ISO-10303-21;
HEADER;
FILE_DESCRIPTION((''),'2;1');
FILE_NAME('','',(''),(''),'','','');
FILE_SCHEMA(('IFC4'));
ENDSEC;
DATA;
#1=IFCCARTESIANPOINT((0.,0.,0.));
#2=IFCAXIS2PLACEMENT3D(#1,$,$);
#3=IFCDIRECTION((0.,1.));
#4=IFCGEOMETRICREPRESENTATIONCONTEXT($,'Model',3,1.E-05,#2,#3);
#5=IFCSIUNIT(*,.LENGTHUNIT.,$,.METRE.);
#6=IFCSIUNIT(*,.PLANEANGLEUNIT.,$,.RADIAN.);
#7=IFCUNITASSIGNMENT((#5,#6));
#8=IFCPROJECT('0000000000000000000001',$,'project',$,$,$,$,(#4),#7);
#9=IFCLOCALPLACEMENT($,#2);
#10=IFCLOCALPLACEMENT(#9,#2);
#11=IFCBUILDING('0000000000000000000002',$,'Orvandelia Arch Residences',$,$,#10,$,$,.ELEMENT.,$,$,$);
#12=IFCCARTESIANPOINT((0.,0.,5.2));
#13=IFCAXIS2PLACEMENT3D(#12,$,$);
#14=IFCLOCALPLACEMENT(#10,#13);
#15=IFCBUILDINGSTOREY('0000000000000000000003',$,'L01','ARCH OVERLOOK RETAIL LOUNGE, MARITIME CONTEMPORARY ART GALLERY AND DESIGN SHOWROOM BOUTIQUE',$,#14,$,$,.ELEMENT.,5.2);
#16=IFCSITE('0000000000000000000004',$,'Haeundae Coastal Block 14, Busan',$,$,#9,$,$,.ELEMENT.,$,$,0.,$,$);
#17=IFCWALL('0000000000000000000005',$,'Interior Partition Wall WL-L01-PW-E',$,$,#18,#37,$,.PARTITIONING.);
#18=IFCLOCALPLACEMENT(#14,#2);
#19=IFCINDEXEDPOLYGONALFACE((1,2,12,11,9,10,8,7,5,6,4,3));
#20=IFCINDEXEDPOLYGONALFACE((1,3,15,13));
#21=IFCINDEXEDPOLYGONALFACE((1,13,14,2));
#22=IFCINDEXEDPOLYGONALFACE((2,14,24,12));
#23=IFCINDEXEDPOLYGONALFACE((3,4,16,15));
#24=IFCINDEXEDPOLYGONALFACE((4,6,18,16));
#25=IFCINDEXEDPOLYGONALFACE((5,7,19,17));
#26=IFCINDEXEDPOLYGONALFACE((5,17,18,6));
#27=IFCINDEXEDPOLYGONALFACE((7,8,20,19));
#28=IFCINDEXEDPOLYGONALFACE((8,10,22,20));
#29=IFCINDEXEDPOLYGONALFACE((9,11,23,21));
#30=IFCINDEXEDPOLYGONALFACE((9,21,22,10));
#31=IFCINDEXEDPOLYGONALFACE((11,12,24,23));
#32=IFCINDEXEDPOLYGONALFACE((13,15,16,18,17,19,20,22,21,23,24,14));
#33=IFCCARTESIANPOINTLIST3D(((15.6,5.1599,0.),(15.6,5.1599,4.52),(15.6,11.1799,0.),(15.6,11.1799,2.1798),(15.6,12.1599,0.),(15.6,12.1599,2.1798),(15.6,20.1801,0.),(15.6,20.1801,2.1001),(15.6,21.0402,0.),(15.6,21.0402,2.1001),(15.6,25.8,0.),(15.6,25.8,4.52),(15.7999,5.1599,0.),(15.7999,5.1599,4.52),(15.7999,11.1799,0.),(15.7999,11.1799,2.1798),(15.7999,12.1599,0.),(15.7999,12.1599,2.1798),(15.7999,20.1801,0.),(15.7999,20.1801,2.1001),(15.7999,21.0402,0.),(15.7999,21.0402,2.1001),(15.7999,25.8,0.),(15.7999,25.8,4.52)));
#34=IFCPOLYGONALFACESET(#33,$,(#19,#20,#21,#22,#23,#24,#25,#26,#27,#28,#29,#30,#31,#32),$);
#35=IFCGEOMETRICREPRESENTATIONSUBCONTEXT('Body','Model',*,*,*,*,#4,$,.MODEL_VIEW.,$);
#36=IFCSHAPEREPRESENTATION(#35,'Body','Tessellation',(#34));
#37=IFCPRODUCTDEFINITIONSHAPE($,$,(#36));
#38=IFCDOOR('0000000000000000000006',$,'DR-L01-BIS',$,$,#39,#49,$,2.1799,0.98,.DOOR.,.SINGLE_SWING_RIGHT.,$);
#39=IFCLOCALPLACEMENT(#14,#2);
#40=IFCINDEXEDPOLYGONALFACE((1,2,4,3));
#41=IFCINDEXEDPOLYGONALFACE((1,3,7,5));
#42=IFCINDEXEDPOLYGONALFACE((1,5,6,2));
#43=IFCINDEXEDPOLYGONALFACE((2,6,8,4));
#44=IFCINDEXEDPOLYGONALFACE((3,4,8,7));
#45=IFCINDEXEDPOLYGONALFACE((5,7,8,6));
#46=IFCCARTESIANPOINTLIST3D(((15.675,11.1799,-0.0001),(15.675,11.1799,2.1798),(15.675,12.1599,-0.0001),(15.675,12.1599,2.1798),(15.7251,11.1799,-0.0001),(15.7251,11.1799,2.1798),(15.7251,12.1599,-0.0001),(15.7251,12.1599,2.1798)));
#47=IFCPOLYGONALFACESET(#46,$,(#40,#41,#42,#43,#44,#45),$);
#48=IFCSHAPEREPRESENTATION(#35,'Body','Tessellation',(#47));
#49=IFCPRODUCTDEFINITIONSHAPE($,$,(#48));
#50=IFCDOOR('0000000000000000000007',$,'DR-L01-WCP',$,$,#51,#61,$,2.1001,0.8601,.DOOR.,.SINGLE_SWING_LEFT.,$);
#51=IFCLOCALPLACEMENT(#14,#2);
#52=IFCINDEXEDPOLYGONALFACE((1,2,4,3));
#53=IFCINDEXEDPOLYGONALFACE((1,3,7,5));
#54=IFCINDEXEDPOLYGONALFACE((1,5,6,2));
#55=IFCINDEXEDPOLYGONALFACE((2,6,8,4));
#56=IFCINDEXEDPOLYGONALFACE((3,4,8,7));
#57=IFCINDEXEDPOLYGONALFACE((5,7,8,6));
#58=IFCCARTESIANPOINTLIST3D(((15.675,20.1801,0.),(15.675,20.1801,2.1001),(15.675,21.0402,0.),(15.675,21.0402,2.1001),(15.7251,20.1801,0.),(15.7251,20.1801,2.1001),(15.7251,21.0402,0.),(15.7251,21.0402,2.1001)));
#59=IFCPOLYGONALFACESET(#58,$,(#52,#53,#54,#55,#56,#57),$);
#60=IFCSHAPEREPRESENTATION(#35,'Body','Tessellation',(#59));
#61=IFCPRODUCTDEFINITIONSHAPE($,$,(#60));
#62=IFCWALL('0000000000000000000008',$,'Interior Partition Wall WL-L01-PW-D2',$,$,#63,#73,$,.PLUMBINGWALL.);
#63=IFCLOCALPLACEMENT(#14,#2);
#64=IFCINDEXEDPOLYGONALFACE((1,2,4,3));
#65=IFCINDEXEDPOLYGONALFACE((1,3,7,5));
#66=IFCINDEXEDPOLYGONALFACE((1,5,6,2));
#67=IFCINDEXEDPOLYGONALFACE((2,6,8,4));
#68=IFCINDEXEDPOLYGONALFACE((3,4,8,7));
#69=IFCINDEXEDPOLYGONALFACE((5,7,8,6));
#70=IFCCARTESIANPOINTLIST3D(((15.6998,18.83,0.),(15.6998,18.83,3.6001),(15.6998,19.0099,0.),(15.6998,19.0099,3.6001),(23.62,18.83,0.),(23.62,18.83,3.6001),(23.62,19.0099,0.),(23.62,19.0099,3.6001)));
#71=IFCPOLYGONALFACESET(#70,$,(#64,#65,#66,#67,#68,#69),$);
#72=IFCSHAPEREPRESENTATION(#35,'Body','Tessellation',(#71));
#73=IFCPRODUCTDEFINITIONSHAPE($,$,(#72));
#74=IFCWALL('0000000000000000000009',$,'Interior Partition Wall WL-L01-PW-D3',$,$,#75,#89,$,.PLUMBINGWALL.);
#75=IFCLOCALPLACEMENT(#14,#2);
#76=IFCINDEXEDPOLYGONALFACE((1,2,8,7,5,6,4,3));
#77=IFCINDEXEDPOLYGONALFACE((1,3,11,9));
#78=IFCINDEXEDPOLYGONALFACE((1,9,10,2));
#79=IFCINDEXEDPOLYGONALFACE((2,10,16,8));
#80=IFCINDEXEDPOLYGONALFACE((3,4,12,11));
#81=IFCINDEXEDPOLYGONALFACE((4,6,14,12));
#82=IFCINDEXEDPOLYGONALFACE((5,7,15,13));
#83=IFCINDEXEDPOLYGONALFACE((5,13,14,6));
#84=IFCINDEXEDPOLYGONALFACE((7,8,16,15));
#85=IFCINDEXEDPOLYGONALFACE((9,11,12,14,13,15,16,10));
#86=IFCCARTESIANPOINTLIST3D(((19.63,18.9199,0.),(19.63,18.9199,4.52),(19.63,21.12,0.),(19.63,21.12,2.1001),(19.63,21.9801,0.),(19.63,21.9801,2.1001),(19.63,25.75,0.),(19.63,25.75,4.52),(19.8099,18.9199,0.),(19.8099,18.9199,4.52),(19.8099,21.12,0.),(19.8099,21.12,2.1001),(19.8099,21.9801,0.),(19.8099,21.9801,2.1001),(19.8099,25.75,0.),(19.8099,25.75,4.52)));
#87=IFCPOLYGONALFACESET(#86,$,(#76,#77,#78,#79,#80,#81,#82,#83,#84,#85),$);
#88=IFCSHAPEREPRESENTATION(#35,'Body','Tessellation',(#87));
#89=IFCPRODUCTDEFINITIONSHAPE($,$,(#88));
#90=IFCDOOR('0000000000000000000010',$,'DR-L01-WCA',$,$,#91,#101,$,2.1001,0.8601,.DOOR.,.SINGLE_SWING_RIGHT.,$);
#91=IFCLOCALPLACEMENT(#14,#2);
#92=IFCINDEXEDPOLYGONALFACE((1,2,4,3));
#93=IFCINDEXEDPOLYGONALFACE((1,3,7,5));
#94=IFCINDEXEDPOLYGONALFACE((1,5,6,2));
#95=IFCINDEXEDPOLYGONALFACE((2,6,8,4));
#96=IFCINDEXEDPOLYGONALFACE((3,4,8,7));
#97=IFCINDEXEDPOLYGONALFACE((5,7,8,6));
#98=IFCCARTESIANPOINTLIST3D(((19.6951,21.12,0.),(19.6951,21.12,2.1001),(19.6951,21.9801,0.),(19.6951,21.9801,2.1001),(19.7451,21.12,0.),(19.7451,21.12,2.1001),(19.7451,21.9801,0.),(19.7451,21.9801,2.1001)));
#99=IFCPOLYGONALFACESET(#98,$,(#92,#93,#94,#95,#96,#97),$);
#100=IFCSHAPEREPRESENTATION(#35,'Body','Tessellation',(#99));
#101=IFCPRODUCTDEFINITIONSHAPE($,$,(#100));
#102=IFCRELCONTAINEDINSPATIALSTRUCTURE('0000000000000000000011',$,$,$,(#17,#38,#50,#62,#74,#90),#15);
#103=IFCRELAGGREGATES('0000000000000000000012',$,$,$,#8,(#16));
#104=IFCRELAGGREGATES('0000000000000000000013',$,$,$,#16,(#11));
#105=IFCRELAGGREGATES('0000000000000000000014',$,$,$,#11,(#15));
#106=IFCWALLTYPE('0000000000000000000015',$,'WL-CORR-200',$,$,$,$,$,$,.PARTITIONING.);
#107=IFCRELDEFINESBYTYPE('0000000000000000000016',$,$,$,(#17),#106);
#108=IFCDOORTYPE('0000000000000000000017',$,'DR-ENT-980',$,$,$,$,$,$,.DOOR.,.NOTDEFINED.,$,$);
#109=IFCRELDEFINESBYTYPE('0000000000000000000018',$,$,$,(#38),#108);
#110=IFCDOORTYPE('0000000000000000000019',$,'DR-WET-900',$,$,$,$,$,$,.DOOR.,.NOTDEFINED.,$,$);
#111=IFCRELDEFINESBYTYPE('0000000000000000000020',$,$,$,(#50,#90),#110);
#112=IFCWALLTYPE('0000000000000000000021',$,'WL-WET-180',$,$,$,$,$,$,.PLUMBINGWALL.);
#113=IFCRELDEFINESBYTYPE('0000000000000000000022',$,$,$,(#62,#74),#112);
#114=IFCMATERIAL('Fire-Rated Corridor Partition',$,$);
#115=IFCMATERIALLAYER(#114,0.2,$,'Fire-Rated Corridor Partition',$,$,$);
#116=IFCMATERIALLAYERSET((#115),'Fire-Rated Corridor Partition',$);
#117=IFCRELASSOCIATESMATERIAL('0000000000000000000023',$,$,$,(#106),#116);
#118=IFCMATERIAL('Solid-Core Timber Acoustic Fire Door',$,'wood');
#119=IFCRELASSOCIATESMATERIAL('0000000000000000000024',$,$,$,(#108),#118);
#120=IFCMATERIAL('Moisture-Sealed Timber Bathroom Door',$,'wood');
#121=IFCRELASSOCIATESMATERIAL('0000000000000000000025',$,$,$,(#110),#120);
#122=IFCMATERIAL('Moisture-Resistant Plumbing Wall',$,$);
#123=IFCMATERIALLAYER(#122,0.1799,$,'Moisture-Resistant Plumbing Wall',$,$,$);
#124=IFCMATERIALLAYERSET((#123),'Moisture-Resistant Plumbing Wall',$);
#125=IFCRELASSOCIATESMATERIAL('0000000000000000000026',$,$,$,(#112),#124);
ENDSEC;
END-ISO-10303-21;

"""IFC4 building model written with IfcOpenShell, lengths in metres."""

from ifc_helpers import new_model, si_unit, direction, frame, frame_2d, origin, place, context, subcontext, project, spatial, rectangle, extrude, material, layer, layer_set, type_object, element, fill, save


model = new_model("IFC4")

# Units and contexts
model_context = context("Model", 3, precision=1e-05, world=origin(), true_north=direction((0.0, 1.0)))
body_context = subcontext(model_context, "Body", "Model", "MODEL_VIEW")
ifc_project = project(units=[si_unit("LENGTHUNIT", "METRE"), si_unit("PLANEANGLEUNIT", "RADIAN")], contexts=[model_context])

# Site, building, storey
site_placement = place(None, origin())
site = spatial("IfcSite", under=ifc_project, at=site_placement, Name="Haeundae Coastal Block 14, Busan", CompositionType="ELEMENT", RefElevation=0.0)
building_placement = place(site_placement, origin())
building = spatial("IfcBuilding", under=site, at=building_placement, Name="Orvandelia Arch Residences", CompositionType="ELEMENT")
storey_placement = place(building_placement, frame((0.0, 0.0, 5.2)))
storey = spatial("IfcBuildingStorey", under=building, at=storey_placement, Name="L01", Description="ARCH OVERLOOK RETAIL LOUNGE, MARITIME CONTEMPORARY ART GALLERY AND DESIGN SHOWROOM BOUTIQUE", CompositionType="ELEMENT", Elevation=5.2)

# Wall, openings, doors
ifc_material_1 = material(Name="Fire-Rated Corridor Partition")
ifc_layer_1 = layer(ifc_material_1, 0.2, Name="Fire-Rated Corridor Partition")
ifc_layer_set_1 = layer_set([ifc_layer_1], Name="Fire-Rated Corridor Partition")
wall_type_1 = type_object("IfcWallType", Name="WL-CORR-200", PredefinedType="PARTITIONING", material=ifc_layer_set_1)
ifc_material_2 = material(Name="Solid-Core Timber Acoustic Fire Door", Category="wood")
door_type_1 = type_object("IfcDoorType", Name="DR-ENT-980", OperationType="NOTDEFINED", PredefinedType="DOOR", material=ifc_material_2)
wall_1_placement = place(storey_placement, frame((15.7, 5.1599, 0.0), z_axis=(0.0, 0.0, 1.0), x_axis=(0.0, 1.0, 0.0)))
wall_1 = element("IfcWall", 1, at=wall_1_placement, inside=storey, type_object=wall_type_1, Name="Interior Partition Wall WL-L01-PW-E", PredefinedType="PARTITIONING", context=body_context, shape_type="SweptSolid", body=[
    extrude(rectangle(XDim=20.6401, YDim=0.2, at=frame_2d((10.3201, 0.0))), origin(), (0.0, 0.0, 1.0), 4.52),
])
opening_1_placement = place(wall_1_placement, frame((6.02, 0.0, 0.0)))
opening_1 = element("IfcOpeningElement", 2, at=opening_1_placement, cuts=wall_1, PredefinedType="OPENING", context=body_context, shape_type="SweptSolid", body=[
    extrude(rectangle(XDim=0.98, YDim=2.1799, at=frame_2d((0.49, 1.0898))), frame((0.0, 0.1099, 0.0), z_axis=(0.0, -1.0, 0.0), x_axis=(1.0, 0.0, 0.0)), (0.0, 0.0, 1.0), 0.22),
])
opening_2_placement = place(wall_1_placement, frame((15.02, 0.0, 0.0)))
opening_2 = element("IfcOpeningElement", 3, at=opening_2_placement, cuts=wall_1, PredefinedType="OPENING", context=body_context, shape_type="SweptSolid", body=[
    extrude(rectangle(XDim=0.8601, YDim=2.1001, at=frame_2d((0.4302, 1.05))), frame((0.0, 0.1099, 0.0), z_axis=(0.0, -1.0, 0.0), x_axis=(1.0, 0.0, 0.0)), (0.0, 0.0, 1.0), 0.22),
])
door_1_placement = place(opening_1_placement, origin())
door_1 = element("IfcDoor", 4, at=door_1_placement, inside=storey, type_object=door_type_1, Name="DR-L01-BIS", OperationType="SINGLE_SWING_RIGHT", OverallHeight=2.1799, OverallWidth=0.98, PredefinedType="DOOR", context=body_context, shape_type="SweptSolid", body=[
    extrude(rectangle(XDim=0.98, YDim=2.1799, at=frame_2d((0.49, 1.0898))), frame((0.0, 0.0249, 0.0), z_axis=(0.0, -1.0, 0.0), x_axis=(1.0, 0.0, 0.0)), (0.0, 0.0, 1.0), 0.05),
])
fill(opening_1, door_1)
ifc_material_3 = material(Name="Moisture-Sealed Timber Bathroom Door", Category="wood")
door_type_2 = type_object("IfcDoorType", Name="DR-WET-900", OperationType="NOTDEFINED", PredefinedType="DOOR", material=ifc_material_3)
door_2_placement = place(opening_2_placement, origin())
door_2 = element("IfcDoor", 5, at=door_2_placement, inside=storey, type_object=door_type_2, Name="DR-L01-WCP", OperationType="SINGLE_SWING_LEFT", OverallHeight=2.1001, OverallWidth=0.8601, PredefinedType="DOOR", context=body_context, shape_type="SweptSolid", body=[
    extrude(rectangle(XDim=0.8601, YDim=2.1001, at=frame_2d((0.4302, 1.05))), frame((0.0, 0.0249, 0.0), z_axis=(0.0, -1.0, 0.0), x_axis=(1.0, 0.0, 0.0)), (0.0, 0.0, 1.0), 0.05),
])
fill(opening_2, door_2)

# Wall
ifc_material_4 = material(Name="Moisture-Resistant Plumbing Wall")
ifc_layer_2 = layer(ifc_material_4, 0.1799, Name="Moisture-Resistant Plumbing Wall")
ifc_layer_set_2 = layer_set([ifc_layer_2], Name="Moisture-Resistant Plumbing Wall")
wall_type_2 = type_object("IfcWallType", Name="WL-WET-180", PredefinedType="PLUMBINGWALL", material=ifc_layer_set_2)
wall_2_placement = place(storey_placement, frame((15.7, 18.9199, 0.0), z_axis=(0.0, 0.0, 1.0), x_axis=(1.0, 0.0, 0.0)))
element("IfcWall", 6, at=wall_2_placement, inside=storey, type_object=wall_type_2, Name="Interior Partition Wall WL-L01-PW-D2", PredefinedType="PLUMBINGWALL", context=body_context, shape_type="SweptSolid", body=[
    extrude(rectangle(XDim=7.9202, YDim=0.1799, at=frame_2d((3.96, 0.0))), origin(), (0.0, 0.0, 1.0), 3.6001),
])

# Wall, opening, door
wall_3_placement = place(storey_placement, frame((19.72, 18.9199, 0.0), z_axis=(0.0, 0.0, 1.0), x_axis=(0.0, 1.0, 0.0)))
wall_3 = element("IfcWall", 7, at=wall_3_placement, inside=storey, type_object=wall_type_2, Name="Interior Partition Wall WL-L01-PW-D3", PredefinedType="PLUMBINGWALL", context=body_context, shape_type="SweptSolid", body=[
    extrude(rectangle(XDim=6.8301, YDim=0.1799, at=frame_2d((3.415, 0.0))), origin(), (0.0, 0.0, 1.0), 4.52),
])
opening_3_placement = place(wall_3_placement, frame((2.2, 0.0, 0.0)))
opening_3 = element("IfcOpeningElement", 8, at=opening_3_placement, cuts=wall_3, PredefinedType="OPENING", context=body_context, shape_type="SweptSolid", body=[
    extrude(rectangle(XDim=0.8601, YDim=2.1001, at=frame_2d((0.4302, 1.05))), frame((0.0, 0.1001, 0.0), z_axis=(0.0, -1.0, 0.0), x_axis=(1.0, 0.0, 0.0)), (0.0, 0.0, 1.0), 0.2),
])
door_3_placement = place(opening_3_placement, origin())
door_3 = element("IfcDoor", 9, at=door_3_placement, inside=storey, type_object=door_type_2, Name="DR-L01-WCA", OperationType="SINGLE_SWING_RIGHT", OverallHeight=2.1001, OverallWidth=0.8601, PredefinedType="DOOR", context=body_context, shape_type="SweptSolid", body=[
    extrude(rectangle(XDim=0.8601, YDim=2.1001, at=frame_2d((0.4302, 1.05))), frame((0.0, 0.0249, 0.0), z_axis=(0.0, -1.0, 0.0), x_axis=(1.0, 0.0, 0.0)), (0.0, 0.0, 1.0), 0.05),
])
fill(opening_3, door_3)

save(model, "model.ifc")
